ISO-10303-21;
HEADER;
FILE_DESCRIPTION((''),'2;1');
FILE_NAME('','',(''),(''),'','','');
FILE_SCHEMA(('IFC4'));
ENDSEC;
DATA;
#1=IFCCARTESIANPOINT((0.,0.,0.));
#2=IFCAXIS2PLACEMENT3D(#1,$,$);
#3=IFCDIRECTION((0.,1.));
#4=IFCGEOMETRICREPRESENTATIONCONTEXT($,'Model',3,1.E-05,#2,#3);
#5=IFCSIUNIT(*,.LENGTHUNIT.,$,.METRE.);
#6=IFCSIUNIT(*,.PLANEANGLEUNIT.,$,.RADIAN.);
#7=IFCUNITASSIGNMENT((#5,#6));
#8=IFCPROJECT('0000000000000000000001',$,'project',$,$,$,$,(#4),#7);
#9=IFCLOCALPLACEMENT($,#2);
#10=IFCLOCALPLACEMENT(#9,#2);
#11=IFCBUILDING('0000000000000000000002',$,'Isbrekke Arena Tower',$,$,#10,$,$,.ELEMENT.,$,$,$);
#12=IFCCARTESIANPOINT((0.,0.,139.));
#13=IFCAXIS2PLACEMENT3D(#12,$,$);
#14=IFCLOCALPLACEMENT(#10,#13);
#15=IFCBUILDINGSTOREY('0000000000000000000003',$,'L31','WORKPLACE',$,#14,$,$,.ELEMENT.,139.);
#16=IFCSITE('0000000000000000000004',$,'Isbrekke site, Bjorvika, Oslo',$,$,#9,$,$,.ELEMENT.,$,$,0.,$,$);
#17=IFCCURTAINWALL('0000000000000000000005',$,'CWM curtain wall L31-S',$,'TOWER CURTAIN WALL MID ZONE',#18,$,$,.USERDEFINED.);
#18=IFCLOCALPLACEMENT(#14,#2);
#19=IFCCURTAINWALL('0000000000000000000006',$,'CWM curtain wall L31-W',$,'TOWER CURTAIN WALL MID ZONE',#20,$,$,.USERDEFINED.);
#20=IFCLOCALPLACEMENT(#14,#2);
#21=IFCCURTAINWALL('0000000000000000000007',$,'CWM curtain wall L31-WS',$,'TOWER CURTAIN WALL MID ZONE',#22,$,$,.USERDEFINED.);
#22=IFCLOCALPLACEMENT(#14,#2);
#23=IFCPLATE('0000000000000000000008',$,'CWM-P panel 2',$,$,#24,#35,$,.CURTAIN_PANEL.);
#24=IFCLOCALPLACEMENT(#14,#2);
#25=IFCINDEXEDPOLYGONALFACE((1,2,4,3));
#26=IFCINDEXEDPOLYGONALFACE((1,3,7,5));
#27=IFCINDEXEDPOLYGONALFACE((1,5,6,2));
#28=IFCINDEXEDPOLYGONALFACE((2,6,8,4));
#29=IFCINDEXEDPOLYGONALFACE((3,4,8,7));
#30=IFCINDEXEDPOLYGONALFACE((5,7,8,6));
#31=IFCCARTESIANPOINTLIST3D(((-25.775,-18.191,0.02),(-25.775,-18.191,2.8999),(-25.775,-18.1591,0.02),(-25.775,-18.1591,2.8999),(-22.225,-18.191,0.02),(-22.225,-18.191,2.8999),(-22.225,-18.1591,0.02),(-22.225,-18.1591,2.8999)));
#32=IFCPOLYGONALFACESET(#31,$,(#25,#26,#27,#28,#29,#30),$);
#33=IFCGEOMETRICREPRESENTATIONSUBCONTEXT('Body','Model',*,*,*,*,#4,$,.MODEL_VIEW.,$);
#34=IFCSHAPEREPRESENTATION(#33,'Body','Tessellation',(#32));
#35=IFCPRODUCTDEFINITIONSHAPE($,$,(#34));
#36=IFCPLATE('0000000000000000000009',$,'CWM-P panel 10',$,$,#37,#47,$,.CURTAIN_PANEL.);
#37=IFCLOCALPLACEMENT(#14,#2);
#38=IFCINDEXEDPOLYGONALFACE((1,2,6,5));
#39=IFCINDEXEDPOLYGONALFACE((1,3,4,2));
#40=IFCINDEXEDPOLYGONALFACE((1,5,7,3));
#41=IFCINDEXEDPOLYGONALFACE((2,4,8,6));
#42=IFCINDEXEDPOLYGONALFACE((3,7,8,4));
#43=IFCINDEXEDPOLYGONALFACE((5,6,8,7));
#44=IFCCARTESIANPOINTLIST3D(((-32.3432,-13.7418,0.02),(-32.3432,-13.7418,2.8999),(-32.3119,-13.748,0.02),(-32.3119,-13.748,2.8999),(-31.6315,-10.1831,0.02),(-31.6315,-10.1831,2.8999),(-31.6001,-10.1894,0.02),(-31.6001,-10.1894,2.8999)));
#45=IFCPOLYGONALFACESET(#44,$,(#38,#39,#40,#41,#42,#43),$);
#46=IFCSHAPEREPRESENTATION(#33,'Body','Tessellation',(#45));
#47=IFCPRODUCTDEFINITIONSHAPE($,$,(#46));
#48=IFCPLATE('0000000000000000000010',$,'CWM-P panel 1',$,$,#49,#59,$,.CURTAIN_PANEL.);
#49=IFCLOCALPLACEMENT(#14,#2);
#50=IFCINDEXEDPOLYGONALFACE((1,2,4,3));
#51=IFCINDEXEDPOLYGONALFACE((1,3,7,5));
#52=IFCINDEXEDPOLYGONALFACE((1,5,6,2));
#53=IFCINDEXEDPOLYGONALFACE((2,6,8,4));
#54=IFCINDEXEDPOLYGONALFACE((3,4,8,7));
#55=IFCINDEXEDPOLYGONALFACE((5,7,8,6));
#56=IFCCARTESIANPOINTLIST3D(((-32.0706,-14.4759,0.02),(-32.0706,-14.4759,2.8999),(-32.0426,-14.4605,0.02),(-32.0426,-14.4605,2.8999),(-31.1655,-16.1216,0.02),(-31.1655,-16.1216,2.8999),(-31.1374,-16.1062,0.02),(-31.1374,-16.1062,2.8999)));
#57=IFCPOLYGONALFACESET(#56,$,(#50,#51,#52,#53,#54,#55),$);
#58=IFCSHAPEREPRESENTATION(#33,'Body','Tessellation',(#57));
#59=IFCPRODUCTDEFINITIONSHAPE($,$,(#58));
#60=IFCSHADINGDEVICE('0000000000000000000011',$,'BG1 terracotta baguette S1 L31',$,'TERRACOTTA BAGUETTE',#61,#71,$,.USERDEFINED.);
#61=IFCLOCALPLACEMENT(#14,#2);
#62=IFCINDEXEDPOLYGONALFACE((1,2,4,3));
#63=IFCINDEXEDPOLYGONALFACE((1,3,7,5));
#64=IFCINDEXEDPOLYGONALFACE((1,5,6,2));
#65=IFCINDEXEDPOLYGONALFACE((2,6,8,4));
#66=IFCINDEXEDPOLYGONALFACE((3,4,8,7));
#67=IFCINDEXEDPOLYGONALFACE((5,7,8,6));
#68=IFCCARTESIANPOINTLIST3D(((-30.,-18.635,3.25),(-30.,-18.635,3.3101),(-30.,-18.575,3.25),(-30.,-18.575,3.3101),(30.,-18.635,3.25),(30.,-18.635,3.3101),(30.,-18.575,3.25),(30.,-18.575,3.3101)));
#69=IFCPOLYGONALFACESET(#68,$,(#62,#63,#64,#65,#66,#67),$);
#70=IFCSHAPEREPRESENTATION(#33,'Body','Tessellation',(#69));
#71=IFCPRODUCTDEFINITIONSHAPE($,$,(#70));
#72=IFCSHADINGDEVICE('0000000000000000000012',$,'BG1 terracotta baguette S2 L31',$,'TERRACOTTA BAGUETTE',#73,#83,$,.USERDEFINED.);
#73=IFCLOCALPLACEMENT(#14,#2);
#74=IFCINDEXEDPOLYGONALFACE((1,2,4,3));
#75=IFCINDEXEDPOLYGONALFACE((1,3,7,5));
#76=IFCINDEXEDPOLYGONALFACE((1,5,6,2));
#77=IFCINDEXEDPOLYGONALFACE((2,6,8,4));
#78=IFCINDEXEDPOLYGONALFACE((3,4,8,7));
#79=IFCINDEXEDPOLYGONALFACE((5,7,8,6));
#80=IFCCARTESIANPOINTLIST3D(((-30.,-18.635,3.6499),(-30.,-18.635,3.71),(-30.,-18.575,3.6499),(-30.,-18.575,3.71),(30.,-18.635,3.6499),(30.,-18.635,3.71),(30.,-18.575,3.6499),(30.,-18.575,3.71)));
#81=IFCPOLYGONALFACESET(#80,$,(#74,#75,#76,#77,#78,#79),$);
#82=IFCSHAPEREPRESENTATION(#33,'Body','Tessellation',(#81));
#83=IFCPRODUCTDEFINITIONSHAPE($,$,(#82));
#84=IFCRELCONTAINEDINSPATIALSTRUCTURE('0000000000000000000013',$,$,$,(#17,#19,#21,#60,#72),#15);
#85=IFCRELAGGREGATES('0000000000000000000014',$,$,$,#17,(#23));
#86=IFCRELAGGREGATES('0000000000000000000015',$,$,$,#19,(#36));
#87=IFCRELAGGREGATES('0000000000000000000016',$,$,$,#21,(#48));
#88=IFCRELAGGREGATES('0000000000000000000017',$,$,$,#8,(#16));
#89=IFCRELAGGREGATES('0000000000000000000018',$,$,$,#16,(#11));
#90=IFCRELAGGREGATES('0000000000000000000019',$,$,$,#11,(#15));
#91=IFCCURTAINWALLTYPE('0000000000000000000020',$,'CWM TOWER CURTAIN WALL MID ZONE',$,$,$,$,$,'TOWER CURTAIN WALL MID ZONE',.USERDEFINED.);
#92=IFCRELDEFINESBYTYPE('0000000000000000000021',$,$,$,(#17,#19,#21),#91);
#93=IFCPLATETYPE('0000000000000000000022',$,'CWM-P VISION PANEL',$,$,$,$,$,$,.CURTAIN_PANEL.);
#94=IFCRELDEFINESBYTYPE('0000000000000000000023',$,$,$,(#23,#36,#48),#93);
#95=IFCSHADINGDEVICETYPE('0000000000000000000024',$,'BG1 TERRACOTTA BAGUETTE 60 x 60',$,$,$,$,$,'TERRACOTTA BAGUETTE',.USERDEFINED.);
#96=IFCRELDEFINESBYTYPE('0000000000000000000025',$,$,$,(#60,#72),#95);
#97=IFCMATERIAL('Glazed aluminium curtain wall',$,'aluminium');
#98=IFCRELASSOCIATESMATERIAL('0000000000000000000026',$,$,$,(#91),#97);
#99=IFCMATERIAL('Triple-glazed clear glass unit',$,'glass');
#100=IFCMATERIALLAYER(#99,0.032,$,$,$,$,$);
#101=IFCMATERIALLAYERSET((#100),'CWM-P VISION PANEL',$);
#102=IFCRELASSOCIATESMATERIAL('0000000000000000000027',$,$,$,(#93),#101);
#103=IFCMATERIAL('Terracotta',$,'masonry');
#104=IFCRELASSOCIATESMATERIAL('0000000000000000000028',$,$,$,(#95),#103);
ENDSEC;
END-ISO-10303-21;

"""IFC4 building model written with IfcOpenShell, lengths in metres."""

from ifc_helpers import new_model, si_unit, direction, frame, origin, origin_2d, place, context, subcontext, project, spatial, rectangle, extrude, material, layer, layer_set, material_profile, profile_set, type_object, element, aggregate, save


model = new_model("IFC4")

# Units and contexts
model_context = context("Model", 3, precision=1e-05, world=origin(), true_north=direction((0.0, 1.0)))
body_context = subcontext(model_context, "Body", "Model", "MODEL_VIEW")
ifc_project = project(units=[si_unit("LENGTHUNIT", "METRE"), si_unit("PLANEANGLEUNIT", "RADIAN")], contexts=[model_context])

# Site, building, storey
site_placement = place(None, origin())
site = spatial("IfcSite", under=ifc_project, at=site_placement, Name="Isbrekke site, Bjorvika, Oslo", CompositionType="ELEMENT", RefElevation=0.0)
building_placement = place(site_placement, origin())
building = spatial("IfcBuilding", under=site, at=building_placement, Name="Isbrekke Arena Tower", CompositionType="ELEMENT")
storey_placement = place(building_placement, frame((0.0, 0.0, 139.0)))
storey = spatial("IfcBuildingStorey", under=building, at=storey_placement, Name="L31", Description="WORKPLACE", CompositionType="ELEMENT", Elevation=139.0)

# Curtain wall
ifc_material_1 = material(Name="Glazed aluminium curtain wall", Category="aluminium")
curtain_wall_type = type_object("IfcCurtainWallType", Name="CWM TOWER CURTAIN WALL MID ZONE", ElementType="TOWER CURTAIN WALL MID ZONE", PredefinedType="USERDEFINED", material=ifc_material_1)
curtain_wall_1_placement = place(storey_placement, origin())
curtain_wall_1 = element("IfcCurtainWall", 1, at=curtain_wall_1_placement, inside=storey, type_object=curtain_wall_type, Name="CWM curtain wall L31-S", ObjectType="TOWER CURTAIN WALL MID ZONE", PredefinedType="USERDEFINED")

# Curtain wall
curtain_wall_2_placement = place(storey_placement, origin())
curtain_wall_2 = element("IfcCurtainWall", 2, at=curtain_wall_2_placement, inside=storey, type_object=curtain_wall_type, Name="CWM curtain wall L31-W", ObjectType="TOWER CURTAIN WALL MID ZONE", PredefinedType="USERDEFINED")

# Curtain wall
curtain_wall_3_placement = place(storey_placement, origin())
curtain_wall_3 = element("IfcCurtainWall", 3, at=curtain_wall_3_placement, inside=storey, type_object=curtain_wall_type, Name="CWM curtain wall L31-WS", ObjectType="TOWER CURTAIN WALL MID ZONE", PredefinedType="USERDEFINED")

# Plates
ifc_material_2 = material(Name="Triple-glazed clear glass unit", Category="glass")
ifc_layer = layer(ifc_material_2, 0.032)
ifc_layer_set = layer_set([ifc_layer], Name="CWM-P VISION PANEL")
plate_type = type_object("IfcPlateType", Name="CWM-P VISION PANEL", PredefinedType="CURTAIN_PANEL", material=ifc_layer_set)
plate_1_placement = place(storey_placement, frame((-24.0, -18.175, 0.02), z_axis=(0.0, 0.0, 1.0), x_axis=(1.0, 0.0, 0.0)))
plate_1 = element("IfcPlate", 4, at=plate_1_placement, type_object=plate_type, Name="CWM-P panel 2", PredefinedType="CURTAIN_PANEL", context=body_context, shape_type="SweptSolid", body=[
    extrude(rectangle(XDim=3.55, YDim=0.032, at=origin_2d()), origin(), (0.0, 0.0, 1.0), 2.8799),
])
aggregate(curtain_wall_1, [plate_1])
plate_2_placement = place(storey_placement, frame((-31.9717, -11.9656, 0.02), z_axis=(0.0, 0.0, 1.0), x_axis=(-0.196116, -0.980581, 0.0)))
plate_2 = element("IfcPlate", 5, at=plate_2_placement, type_object=plate_type, Name="CWM-P panel 10", PredefinedType="CURTAIN_PANEL", context=body_context, shape_type="SweptSolid", body=[
    extrude(rectangle(XDim=3.6292, YDim=0.032, at=origin_2d()), origin(), (0.0, 0.0, 1.0), 2.8799),
])
aggregate(curtain_wall_2, [plate_2])
plate_3_placement = place(storey_placement, frame((-31.604, -15.291, 0.02), z_axis=(0.0, 0.0, 1.0), x_axis=(0.481919, -0.876216, 0.0)))
plate_3 = element("IfcPlate", 6, at=plate_3_placement, type_object=plate_type, Name="CWM-P panel 1", PredefinedType="CURTAIN_PANEL", context=body_context, shape_type="SweptSolid", body=[
    extrude(rectangle(XDim=1.8782, YDim=0.032, at=origin_2d()), origin(), (0.0, 0.0, 1.0), 2.8799),
])
aggregate(curtain_wall_3, [plate_3])

# Shading devices
ifc_material_3 = material(Name="Terracotta", Category="masonry")
ifc_material_profile_1 = material_profile(ifc_material_3, rectangle(XDim=0.0601, YDim=0.0601, at=origin_2d()), Name="BAGUETTE 60X60")
ifc_profile_set_1 = profile_set([ifc_material_profile_1], Name="Terracotta")
shading_device_type = type_object("IfcShadingDeviceType", Name="BG1 TERRACOTTA BAGUETTE 60 x 60", ElementType="TERRACOTTA BAGUETTE", PredefinedType="USERDEFINED", material=ifc_profile_set_1)
for number, where, z_axis, x_axis, name in (
    (7, (-30.0, -18.605, 3.28), (1.0, 0.0, 0.0), (0.0, 1.0, 0.0), "BG1 terracotta baguette S1 L31"),
    (8, (-30.0, -18.605, 3.6799), (1.0, 0.0, 0.0), (0.0, 1.0, 0.0), "BG1 terracotta baguette S2 L31"),
):
    element("IfcShadingDevice", number, at=place(storey_placement, frame(where, z_axis=z_axis, x_axis=x_axis)), inside=storey, type_object=shading_device_type, Name=name, ObjectType="TERRACOTTA BAGUETTE", PredefinedType="USERDEFINED", context=body_context, shape_type="SweptSolid", body=[
        extrude(rectangle(XDim=0.0601, YDim=0.0601, at=origin_2d()), origin(), (0.0, 0.0, 1.0), 60.0),
    ])

save(model, "model.ifc")
